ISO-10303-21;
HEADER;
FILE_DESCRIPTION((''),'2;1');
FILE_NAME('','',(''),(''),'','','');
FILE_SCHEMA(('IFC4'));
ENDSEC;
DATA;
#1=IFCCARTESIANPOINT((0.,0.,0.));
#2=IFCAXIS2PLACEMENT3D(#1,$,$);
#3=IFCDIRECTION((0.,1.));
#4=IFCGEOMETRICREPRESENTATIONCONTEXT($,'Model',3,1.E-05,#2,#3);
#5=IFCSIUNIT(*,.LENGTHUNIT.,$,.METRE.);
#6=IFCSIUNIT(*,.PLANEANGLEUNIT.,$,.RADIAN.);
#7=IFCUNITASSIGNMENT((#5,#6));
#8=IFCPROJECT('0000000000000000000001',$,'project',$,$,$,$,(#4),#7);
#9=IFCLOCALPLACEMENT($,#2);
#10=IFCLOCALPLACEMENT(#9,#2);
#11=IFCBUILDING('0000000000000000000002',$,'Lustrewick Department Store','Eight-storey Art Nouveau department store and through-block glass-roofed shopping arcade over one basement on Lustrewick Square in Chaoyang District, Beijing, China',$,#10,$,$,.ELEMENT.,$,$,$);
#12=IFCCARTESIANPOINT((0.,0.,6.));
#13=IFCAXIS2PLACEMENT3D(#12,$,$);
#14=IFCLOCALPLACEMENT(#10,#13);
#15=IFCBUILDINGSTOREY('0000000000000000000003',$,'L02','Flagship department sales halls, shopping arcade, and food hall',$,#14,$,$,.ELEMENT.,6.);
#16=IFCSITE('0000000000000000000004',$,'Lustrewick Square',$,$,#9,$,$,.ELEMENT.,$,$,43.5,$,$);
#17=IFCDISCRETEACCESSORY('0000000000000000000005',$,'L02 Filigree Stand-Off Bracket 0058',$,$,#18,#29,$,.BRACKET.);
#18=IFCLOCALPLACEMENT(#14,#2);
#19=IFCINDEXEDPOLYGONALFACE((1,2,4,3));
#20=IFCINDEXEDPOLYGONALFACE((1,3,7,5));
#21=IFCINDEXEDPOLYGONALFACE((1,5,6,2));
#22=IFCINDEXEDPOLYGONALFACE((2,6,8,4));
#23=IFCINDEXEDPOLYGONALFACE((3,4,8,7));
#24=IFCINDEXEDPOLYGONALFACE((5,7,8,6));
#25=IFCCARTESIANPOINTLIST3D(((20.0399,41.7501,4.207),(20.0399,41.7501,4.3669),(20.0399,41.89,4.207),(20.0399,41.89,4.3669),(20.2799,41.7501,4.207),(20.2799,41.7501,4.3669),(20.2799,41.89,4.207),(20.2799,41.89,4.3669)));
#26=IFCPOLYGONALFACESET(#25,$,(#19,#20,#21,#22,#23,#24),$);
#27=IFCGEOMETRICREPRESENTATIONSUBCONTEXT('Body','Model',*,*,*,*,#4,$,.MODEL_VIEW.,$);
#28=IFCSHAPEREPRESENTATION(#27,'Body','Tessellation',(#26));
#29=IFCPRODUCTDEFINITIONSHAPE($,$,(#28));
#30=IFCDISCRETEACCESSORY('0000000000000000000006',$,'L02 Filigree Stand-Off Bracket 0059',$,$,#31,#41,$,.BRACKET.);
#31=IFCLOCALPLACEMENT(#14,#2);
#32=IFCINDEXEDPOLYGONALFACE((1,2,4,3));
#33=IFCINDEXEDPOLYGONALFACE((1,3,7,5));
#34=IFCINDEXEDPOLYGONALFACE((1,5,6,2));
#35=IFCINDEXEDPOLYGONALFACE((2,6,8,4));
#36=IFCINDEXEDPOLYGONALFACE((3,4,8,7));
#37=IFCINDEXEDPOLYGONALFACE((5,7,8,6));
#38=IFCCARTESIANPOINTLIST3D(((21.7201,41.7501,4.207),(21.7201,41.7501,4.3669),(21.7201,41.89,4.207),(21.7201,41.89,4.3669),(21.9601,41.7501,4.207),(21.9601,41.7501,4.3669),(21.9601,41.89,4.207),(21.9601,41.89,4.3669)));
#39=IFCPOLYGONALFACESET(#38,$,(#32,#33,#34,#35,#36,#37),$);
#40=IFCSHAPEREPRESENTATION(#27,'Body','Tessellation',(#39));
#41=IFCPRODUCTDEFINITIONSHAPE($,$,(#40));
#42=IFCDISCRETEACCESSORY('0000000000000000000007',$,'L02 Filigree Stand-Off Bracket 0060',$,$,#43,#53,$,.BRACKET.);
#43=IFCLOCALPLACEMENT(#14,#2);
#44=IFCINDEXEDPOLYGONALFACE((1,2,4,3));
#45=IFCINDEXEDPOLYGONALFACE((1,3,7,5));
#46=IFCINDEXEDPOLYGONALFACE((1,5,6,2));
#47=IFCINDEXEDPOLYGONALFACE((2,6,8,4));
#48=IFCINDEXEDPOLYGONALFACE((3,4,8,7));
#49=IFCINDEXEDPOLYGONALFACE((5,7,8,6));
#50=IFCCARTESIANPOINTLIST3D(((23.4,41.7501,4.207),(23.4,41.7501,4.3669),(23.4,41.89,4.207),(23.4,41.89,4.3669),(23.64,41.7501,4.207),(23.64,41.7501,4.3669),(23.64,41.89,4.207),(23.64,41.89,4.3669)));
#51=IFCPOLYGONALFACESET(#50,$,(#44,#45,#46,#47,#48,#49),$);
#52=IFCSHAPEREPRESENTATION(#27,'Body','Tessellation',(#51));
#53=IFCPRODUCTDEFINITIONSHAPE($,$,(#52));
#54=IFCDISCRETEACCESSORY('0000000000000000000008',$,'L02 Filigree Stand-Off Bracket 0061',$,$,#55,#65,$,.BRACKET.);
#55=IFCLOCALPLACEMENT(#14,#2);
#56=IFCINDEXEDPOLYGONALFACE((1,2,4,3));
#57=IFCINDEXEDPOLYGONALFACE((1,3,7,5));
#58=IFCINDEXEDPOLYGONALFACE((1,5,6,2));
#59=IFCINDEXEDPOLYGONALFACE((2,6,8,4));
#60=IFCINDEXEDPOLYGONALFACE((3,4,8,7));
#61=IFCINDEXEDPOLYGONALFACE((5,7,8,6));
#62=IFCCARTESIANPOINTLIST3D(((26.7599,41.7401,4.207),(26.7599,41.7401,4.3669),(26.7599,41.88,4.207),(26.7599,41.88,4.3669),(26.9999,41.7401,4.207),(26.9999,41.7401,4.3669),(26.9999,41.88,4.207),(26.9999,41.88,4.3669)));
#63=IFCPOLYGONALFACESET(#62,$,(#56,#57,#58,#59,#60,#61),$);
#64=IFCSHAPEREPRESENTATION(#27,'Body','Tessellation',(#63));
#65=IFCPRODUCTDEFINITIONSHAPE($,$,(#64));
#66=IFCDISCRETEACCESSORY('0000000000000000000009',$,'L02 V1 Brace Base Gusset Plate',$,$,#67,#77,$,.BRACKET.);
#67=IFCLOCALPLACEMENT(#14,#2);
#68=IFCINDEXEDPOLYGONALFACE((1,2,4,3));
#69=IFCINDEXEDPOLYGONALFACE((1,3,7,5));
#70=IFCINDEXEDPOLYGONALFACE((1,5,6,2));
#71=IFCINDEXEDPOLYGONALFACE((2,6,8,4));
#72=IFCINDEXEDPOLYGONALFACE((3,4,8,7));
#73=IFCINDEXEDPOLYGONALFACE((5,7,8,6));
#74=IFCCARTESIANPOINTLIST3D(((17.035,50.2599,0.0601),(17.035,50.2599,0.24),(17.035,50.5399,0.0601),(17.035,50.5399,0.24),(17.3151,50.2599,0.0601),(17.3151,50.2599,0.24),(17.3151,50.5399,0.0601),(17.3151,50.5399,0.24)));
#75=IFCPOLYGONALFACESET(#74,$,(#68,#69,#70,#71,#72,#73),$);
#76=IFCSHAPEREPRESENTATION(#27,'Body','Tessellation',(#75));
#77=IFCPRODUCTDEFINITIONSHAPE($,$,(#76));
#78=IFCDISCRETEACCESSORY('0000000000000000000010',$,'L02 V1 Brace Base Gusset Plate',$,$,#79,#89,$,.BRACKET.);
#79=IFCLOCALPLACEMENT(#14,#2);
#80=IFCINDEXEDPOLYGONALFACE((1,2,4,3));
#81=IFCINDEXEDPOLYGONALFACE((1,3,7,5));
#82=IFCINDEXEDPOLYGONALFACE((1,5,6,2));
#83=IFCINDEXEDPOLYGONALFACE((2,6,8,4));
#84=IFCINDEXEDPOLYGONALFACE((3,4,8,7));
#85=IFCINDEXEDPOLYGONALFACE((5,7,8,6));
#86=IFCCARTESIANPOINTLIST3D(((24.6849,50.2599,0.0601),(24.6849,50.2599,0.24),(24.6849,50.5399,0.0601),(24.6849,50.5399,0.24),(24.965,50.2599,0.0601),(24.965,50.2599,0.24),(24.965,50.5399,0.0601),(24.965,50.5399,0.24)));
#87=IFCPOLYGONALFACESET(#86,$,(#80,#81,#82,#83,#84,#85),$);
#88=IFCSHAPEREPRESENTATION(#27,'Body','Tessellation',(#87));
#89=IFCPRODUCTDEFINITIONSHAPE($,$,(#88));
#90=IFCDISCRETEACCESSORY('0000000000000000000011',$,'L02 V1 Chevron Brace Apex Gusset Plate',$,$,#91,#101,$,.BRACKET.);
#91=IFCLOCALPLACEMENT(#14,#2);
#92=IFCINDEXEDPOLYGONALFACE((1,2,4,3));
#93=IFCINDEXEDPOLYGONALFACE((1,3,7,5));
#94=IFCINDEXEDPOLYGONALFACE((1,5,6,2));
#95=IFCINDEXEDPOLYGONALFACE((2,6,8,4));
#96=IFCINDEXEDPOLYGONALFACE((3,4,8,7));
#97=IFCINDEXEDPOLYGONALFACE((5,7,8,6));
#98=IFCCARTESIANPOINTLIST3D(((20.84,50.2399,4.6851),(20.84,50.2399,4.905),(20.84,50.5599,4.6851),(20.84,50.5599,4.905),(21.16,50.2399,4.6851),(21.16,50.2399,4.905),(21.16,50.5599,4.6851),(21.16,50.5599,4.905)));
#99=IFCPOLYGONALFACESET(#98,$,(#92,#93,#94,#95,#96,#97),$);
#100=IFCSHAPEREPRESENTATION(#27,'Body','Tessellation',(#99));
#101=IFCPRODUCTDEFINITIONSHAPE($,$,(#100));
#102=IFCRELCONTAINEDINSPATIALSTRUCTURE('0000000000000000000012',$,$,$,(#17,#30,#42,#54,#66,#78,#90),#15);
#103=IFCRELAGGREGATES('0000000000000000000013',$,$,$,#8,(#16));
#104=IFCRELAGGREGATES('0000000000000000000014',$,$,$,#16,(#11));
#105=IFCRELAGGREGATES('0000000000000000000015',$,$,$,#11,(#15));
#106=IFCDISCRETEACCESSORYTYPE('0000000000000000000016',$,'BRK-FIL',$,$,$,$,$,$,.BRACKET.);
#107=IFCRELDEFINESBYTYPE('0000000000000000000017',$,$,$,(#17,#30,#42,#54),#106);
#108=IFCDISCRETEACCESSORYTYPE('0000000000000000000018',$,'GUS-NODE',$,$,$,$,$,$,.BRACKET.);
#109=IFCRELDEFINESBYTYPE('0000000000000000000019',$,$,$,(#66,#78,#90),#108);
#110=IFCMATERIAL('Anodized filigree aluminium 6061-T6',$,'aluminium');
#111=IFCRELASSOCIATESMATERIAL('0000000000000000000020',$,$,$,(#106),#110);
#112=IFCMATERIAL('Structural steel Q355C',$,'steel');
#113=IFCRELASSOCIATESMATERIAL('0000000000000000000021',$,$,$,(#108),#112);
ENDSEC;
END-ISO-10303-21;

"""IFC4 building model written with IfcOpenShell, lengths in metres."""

from ifc_helpers import new_model, si_unit, direction, frame, origin, origin_2d, place, context, subcontext, project, spatial, rectangle, extrude, material, type_object, element, save


model = new_model("IFC4")

# Units and contexts
model_context = context("Model", 3, precision=1e-05, world=origin(), true_north=direction((0.0, 1.0)))
body_context = subcontext(model_context, "Body", "Model", "MODEL_VIEW")
ifc_project = project(units=[si_unit("LENGTHUNIT", "METRE"), si_unit("PLANEANGLEUNIT", "RADIAN")], contexts=[model_context])

# Site, building, storey
site_placement = place(None, origin())
site = spatial("IfcSite", under=ifc_project, at=site_placement, Name="Lustrewick Square", CompositionType="ELEMENT", RefElevation=43.5)
building_placement = place(site_placement, origin())
building = spatial("IfcBuilding", under=site, at=building_placement, Name="Lustrewick Department Store", Description="Eight-storey Art Nouveau department store and through-block glass-roofed shopping arcade over one basement on Lustrewick Square in Chaoyang District, Beijing, China", CompositionType="ELEMENT")
storey_placement = place(building_placement, frame((0.0, 0.0, 6.0)))
storey = spatial("IfcBuildingStorey", under=building, at=storey_placement, Name="L02", Description="Flagship department sales halls, shopping arcade, and food hall", CompositionType="ELEMENT", Elevation=6.0)

# Shared definitions
ifc_material_1 = material(Name="Structural steel Q355C", Category="steel")

# Discrete accessories
ifc_material_2 = material(Name="Anodized filigree aluminium 6061-T6", Category="aluminium")
discrete_accessory_type_1 = type_object("IfcDiscreteAccessoryType", Name="BRK-FIL", PredefinedType="BRACKET", material=ifc_material_2)
for number, where, z_axis, x_axis, name in (
    (1, (20.1599, 41.8201, 4.207), (0.0, 0.0, 1.0), (1.0, 0.0, 0.0), "L02 Filigree Stand-Off Bracket 0058"),
    (2, (21.8401, 41.8201, 4.207), (0.0, 0.0, 1.0), (1.0, 0.0, 0.0), "L02 Filigree Stand-Off Bracket 0059"),
    (3, (23.52, 41.8201, 4.207), (0.0, 0.0, 1.0), (1.0, 0.0, 0.0), "L02 Filigree Stand-Off Bracket 0060"),
    (4, (26.8799, 41.8101, 4.207), (0.0, 0.0, 1.0), (1.0, 0.0, 0.0), "L02 Filigree Stand-Off Bracket 0061"),
):
    element("IfcDiscreteAccessory", number, at=place(storey_placement, frame(where, z_axis=z_axis, x_axis=x_axis)), inside=storey, type_object=discrete_accessory_type_1, Name=name, PredefinedType="BRACKET", context=body_context, shape_type="SweptSolid", body=[
        extrude(rectangle(XDim=0.24, YDim=0.1399, at=origin_2d()), origin(), (0.0, 0.0, 1.0), 0.1599),
    ])
discrete_accessory_type_2 = type_object("IfcDiscreteAccessoryType", Name="GUS-NODE", PredefinedType="BRACKET", material=ifc_material_1)
for number, where, z_axis, x_axis, name in (
    (5, (17.175, 50.3999, 0.0601), (0.0, 0.0, 1.0), (1.0, 0.0, 0.0), "L02 V1 Brace Base Gusset Plate"),
    (6, (24.825, 50.3999, 0.0601), (0.0, 0.0, 1.0), (1.0, 0.0, 0.0), "L02 V1 Brace Base Gusset Plate"),
):
    element("IfcDiscreteAccessory", number, at=place(storey_placement, frame(where, z_axis=z_axis, x_axis=x_axis)), inside=storey, type_object=discrete_accessory_type_2, Name=name, PredefinedType="BRACKET", context=body_context, shape_type="SweptSolid", body=[
        extrude(rectangle(XDim=0.28, YDim=0.28, at=origin_2d()), origin(), (0.0, 0.0, 1.0), 0.1799),
    ])
discrete_accessory_placement = place(storey_placement, frame((21.0, 50.3999, 4.6851), z_axis=(0.0, 0.0, 1.0), x_axis=(1.0, 0.0, 0.0)))
element("IfcDiscreteAccessory", 7, at=discrete_accessory_placement, inside=storey, type_object=discrete_accessory_type_2, Name="L02 V1 Chevron Brace Apex Gusset Plate", PredefinedType="BRACKET", context=body_context, shape_type="SweptSolid", body=[
    extrude(rectangle(XDim=0.3201, YDim=0.3201, at=origin_2d()), origin(), (0.0, 0.0, 1.0), 0.22),
])

save(model, "model.ifc")
